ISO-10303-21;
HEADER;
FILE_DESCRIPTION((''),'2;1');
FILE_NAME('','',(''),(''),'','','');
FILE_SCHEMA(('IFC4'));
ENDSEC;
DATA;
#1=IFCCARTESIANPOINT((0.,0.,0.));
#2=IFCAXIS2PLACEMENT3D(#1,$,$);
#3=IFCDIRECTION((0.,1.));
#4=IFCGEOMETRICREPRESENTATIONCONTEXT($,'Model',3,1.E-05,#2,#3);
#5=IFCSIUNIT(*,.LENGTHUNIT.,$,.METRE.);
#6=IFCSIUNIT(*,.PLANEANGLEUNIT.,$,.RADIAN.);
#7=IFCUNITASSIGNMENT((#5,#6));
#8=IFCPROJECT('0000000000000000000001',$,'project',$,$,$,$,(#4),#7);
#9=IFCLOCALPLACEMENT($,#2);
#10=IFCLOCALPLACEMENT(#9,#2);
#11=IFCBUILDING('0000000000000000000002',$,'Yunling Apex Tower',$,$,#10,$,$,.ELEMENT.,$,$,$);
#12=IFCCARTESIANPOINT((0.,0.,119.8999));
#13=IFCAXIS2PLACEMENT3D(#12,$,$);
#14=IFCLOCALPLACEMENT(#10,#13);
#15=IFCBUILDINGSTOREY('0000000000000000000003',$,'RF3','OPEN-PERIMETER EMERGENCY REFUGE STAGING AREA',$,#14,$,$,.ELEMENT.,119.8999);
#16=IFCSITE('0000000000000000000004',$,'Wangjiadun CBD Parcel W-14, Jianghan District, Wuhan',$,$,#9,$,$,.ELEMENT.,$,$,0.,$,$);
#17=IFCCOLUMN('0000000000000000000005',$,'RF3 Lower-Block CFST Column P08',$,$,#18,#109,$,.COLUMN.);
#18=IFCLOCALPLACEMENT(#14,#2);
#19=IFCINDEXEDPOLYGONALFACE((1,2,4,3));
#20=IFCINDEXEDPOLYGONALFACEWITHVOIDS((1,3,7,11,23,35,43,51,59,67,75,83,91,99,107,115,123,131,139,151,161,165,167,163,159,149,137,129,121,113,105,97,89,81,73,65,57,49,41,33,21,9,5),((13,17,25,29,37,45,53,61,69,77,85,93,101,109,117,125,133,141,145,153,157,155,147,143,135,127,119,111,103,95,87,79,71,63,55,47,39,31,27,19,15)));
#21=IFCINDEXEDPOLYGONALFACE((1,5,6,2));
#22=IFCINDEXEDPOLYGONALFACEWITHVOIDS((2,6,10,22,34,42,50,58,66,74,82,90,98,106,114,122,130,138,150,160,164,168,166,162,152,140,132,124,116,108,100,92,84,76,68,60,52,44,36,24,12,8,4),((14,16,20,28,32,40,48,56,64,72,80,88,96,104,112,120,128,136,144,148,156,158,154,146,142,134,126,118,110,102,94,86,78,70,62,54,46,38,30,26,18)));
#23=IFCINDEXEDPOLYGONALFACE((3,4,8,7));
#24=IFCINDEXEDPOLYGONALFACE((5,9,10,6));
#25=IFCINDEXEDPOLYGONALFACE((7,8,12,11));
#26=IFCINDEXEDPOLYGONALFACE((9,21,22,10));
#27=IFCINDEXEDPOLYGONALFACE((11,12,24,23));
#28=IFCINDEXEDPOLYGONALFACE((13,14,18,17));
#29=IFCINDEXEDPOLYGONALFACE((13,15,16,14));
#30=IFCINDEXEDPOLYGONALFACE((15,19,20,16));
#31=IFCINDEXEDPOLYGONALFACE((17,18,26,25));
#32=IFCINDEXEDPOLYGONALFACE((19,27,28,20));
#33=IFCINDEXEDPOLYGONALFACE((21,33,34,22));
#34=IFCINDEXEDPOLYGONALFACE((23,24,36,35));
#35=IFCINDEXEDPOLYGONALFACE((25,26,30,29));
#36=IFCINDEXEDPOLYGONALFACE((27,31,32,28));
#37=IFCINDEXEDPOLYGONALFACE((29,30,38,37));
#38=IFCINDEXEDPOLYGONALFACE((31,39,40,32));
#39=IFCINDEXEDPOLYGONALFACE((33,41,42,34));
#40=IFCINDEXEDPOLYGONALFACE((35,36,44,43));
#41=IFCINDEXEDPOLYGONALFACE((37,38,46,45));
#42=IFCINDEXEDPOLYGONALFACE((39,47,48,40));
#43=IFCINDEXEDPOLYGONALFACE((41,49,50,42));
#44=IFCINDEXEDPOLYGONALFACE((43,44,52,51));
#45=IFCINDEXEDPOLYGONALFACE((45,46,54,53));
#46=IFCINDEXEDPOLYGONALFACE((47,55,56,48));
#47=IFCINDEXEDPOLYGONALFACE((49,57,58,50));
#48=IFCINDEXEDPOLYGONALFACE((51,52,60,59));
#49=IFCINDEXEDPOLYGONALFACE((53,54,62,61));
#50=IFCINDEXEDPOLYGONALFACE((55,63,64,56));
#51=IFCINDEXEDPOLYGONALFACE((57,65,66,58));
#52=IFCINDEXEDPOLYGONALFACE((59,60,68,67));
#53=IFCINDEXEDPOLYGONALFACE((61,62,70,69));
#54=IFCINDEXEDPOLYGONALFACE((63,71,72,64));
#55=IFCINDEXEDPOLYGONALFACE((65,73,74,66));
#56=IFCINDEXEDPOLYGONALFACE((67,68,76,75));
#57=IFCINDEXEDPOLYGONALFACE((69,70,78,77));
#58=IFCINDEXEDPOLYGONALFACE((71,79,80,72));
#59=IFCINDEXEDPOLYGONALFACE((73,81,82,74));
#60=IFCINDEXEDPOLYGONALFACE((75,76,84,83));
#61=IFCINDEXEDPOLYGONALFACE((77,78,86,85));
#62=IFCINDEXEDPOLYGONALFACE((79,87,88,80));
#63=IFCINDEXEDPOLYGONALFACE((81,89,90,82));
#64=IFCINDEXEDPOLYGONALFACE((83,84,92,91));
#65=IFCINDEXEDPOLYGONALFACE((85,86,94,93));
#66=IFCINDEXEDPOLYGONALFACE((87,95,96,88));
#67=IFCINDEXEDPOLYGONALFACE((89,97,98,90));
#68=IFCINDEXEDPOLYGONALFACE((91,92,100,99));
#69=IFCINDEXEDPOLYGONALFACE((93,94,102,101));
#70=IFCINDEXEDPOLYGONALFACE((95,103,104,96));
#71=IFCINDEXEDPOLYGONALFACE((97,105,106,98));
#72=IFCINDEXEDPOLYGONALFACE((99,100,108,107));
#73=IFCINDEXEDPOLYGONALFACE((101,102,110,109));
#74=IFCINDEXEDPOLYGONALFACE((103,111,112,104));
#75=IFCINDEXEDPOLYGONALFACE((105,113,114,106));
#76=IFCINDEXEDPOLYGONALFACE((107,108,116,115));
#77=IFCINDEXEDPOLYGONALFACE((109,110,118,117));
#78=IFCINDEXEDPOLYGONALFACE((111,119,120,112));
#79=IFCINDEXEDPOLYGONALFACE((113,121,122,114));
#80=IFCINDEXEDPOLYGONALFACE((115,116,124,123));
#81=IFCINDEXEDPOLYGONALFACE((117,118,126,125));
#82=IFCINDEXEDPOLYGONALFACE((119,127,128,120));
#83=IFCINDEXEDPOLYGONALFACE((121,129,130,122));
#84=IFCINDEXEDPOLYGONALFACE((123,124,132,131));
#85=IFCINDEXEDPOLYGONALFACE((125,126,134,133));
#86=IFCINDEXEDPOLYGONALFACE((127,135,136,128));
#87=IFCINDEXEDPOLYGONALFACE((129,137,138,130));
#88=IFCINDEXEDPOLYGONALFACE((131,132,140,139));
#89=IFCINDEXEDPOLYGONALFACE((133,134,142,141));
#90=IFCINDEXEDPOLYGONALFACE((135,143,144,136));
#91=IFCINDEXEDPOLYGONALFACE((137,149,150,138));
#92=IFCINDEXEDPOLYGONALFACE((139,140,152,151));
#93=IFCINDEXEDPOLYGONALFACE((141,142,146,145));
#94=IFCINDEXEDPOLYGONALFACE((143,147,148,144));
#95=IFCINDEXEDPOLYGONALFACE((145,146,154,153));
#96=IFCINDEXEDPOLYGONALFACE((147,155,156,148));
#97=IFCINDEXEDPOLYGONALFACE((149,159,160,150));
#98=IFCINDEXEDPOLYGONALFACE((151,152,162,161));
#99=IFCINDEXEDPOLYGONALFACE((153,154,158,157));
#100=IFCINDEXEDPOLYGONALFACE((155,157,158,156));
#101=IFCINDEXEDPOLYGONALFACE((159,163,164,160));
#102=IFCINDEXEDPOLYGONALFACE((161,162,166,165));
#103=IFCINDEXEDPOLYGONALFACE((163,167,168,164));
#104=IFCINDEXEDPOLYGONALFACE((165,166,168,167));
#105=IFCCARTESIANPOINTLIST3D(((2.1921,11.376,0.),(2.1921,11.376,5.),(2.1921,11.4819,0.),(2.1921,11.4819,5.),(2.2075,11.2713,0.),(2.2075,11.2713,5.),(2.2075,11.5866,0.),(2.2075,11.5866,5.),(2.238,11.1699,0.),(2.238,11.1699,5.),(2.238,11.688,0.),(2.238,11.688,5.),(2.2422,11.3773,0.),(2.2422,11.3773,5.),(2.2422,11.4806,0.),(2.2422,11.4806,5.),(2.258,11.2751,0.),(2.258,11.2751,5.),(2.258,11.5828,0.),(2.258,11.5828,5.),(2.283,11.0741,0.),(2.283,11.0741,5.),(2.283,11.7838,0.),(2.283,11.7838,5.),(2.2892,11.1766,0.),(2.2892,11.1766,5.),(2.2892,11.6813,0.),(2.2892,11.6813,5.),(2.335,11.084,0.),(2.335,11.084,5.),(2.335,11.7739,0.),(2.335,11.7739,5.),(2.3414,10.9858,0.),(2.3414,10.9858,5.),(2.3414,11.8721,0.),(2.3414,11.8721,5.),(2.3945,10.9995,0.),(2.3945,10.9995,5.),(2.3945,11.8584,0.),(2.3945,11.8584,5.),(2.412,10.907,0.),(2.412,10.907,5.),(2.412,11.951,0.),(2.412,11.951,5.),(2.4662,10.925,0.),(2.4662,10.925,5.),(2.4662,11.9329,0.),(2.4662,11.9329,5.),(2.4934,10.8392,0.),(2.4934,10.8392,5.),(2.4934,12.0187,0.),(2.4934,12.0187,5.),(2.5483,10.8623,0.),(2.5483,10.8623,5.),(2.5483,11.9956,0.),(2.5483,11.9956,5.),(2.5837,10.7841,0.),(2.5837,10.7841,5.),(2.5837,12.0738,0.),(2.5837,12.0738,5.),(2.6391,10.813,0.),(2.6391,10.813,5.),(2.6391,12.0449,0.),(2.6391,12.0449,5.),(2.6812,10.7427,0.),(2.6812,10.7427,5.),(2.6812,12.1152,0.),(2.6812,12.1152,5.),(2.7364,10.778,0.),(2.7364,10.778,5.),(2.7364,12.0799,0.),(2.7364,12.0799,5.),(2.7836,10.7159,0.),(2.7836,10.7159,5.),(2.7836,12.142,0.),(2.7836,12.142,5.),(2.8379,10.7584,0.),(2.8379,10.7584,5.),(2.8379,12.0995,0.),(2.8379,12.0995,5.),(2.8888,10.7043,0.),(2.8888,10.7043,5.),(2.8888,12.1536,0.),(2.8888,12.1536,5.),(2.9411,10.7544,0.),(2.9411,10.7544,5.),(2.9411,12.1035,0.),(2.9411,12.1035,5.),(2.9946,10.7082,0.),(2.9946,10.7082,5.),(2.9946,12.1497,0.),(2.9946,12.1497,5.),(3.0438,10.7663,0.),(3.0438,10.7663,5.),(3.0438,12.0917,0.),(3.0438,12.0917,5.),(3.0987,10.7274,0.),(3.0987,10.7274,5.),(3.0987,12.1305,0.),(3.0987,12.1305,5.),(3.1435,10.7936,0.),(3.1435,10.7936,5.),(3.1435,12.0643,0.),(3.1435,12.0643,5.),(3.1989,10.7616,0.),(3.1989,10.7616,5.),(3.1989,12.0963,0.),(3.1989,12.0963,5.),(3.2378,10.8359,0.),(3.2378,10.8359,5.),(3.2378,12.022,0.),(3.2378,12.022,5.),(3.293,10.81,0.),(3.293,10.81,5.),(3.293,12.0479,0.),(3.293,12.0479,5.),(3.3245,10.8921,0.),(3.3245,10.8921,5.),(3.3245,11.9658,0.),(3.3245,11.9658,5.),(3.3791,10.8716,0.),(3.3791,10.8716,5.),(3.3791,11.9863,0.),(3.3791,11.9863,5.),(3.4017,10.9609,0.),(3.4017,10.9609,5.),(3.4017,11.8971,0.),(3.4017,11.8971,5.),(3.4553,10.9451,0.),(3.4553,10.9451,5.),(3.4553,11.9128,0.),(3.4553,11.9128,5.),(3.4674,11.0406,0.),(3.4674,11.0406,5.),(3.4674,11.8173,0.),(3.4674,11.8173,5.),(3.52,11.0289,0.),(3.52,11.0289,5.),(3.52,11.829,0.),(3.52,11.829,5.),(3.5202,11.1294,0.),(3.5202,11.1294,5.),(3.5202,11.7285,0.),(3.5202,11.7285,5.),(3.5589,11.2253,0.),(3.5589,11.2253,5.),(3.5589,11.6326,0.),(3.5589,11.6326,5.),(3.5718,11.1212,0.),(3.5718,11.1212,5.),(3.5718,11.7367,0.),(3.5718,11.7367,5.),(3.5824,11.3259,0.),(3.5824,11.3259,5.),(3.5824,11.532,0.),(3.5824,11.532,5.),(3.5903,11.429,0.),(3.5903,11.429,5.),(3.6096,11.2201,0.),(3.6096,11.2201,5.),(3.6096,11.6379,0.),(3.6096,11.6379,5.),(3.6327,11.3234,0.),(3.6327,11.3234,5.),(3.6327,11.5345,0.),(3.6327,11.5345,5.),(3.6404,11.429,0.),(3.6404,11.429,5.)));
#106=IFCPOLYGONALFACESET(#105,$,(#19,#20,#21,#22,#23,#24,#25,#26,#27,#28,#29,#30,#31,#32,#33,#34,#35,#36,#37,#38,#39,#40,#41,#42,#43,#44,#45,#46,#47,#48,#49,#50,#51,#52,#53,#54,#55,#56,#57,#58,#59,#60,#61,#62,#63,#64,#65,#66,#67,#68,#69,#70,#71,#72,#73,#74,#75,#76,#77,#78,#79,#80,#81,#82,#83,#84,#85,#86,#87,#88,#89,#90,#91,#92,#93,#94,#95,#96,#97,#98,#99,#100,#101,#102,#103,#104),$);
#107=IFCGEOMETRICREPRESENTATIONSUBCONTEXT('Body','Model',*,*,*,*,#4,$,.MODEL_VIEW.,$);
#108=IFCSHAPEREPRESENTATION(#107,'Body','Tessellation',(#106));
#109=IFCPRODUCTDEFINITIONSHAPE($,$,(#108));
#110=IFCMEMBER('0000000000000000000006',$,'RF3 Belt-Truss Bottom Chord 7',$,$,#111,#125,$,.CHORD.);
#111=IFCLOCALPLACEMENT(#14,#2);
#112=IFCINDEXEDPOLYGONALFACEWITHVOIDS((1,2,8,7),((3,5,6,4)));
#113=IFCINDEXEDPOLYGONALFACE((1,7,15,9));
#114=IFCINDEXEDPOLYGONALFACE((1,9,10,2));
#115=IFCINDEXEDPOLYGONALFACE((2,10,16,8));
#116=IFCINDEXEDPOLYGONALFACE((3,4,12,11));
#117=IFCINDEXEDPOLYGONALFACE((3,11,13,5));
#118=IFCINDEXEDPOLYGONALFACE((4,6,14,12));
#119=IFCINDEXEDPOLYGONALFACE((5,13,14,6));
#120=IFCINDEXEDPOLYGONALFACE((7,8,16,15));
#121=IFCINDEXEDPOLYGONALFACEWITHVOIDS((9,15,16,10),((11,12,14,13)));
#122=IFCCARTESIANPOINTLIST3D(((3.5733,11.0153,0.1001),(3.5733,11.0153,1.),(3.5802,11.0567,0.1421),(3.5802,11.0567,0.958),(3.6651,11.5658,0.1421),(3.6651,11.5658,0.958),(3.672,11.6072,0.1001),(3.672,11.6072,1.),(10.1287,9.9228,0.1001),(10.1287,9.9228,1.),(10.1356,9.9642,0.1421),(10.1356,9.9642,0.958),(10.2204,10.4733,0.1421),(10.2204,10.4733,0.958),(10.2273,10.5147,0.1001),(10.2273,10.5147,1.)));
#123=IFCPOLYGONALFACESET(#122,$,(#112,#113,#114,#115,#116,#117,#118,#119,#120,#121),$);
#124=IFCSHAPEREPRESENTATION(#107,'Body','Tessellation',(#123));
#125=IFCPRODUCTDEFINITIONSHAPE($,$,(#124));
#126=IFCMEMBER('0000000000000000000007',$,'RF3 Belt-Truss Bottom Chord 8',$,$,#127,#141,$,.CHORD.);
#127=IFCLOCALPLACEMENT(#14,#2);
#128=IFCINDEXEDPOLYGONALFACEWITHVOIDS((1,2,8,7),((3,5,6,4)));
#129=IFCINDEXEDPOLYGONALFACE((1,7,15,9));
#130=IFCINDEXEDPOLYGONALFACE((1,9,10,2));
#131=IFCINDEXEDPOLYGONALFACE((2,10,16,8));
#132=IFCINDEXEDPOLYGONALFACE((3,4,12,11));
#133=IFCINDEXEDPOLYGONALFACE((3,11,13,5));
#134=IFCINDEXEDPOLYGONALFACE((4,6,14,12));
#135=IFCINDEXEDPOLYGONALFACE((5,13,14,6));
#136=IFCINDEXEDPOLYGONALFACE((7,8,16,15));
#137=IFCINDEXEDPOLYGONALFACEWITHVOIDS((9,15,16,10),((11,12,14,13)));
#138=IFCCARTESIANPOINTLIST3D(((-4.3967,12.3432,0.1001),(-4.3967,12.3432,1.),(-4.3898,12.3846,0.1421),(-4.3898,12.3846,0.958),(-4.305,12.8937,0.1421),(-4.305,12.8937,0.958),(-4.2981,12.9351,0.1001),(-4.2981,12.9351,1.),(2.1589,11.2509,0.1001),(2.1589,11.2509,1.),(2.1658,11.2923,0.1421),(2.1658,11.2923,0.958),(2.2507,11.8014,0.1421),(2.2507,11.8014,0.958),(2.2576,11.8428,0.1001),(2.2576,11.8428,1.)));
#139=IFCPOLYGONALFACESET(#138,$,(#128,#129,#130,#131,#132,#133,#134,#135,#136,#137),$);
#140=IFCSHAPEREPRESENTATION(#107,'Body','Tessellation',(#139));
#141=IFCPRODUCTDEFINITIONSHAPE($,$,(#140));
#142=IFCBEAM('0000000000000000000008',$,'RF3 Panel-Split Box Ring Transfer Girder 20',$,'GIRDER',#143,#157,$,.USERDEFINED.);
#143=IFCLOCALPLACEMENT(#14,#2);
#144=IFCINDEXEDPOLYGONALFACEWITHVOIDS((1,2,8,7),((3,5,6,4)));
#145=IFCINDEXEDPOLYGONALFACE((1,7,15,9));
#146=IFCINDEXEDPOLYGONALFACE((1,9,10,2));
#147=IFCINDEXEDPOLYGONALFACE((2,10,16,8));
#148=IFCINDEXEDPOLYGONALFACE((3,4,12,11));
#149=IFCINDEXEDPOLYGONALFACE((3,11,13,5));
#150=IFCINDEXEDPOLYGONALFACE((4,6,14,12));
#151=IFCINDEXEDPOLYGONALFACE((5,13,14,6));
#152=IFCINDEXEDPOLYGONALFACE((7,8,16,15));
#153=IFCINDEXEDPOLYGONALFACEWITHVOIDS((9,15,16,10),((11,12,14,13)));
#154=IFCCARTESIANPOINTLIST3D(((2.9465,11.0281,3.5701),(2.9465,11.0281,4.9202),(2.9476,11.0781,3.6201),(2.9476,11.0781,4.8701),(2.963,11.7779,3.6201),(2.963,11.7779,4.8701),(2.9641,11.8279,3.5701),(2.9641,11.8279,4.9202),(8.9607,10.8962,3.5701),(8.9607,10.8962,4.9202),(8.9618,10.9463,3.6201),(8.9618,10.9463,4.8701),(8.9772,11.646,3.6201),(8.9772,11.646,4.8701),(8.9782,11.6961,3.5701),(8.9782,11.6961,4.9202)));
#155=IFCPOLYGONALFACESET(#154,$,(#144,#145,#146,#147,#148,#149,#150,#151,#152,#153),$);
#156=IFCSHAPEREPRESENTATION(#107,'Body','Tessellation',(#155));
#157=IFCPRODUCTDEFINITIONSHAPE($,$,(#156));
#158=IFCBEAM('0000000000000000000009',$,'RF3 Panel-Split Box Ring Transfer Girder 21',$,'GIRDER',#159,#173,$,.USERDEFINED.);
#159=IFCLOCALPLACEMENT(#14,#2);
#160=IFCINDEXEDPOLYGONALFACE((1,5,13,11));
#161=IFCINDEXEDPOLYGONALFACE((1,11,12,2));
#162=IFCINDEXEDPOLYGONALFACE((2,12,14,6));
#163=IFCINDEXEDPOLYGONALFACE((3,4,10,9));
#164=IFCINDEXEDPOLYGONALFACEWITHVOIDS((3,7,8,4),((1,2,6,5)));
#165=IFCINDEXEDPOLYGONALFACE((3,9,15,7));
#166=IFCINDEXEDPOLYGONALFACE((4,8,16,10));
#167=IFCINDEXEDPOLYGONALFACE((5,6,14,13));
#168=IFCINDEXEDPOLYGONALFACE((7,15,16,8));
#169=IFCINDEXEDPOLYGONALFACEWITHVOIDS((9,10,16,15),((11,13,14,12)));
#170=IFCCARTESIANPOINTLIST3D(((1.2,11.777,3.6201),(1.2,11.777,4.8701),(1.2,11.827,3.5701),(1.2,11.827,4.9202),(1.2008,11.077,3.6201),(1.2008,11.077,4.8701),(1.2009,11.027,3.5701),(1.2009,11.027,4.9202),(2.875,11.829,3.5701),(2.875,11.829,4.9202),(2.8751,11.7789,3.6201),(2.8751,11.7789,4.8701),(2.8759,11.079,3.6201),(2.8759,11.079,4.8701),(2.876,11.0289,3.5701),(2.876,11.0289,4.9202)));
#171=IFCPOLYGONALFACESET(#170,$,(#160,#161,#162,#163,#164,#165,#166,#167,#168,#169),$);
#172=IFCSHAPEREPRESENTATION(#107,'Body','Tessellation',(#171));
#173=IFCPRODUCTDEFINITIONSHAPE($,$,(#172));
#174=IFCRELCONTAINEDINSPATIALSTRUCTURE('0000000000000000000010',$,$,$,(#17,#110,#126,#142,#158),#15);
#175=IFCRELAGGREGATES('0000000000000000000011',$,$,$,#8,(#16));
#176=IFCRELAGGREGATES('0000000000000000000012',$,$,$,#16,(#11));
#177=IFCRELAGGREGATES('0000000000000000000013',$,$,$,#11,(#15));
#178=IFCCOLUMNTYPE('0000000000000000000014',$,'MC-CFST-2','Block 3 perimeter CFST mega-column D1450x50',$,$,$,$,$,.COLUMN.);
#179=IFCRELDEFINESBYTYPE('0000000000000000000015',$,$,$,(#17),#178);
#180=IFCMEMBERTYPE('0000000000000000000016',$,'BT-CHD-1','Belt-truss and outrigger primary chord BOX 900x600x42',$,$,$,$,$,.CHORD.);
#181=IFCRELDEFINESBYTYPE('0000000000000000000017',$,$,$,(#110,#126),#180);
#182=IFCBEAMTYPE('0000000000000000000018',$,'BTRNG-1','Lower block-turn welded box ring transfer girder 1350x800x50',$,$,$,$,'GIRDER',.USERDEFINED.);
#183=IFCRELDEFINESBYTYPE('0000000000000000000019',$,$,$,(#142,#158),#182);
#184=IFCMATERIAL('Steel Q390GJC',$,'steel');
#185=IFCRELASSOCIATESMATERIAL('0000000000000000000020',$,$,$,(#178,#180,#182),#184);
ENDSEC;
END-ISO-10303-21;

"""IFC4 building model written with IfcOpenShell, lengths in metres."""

from ifc_helpers import new_model, si_unit, direction, frame, origin, origin_2d, place, context, subcontext, project, spatial, hollow_rectangle, hollow_circle, extrude, source, transform, mapped, material, material_profile, profile_set, type_object, element, save


model = new_model("IFC4")

# Units and contexts
model_context = context("Model", 3, precision=1e-05, world=origin(), true_north=direction((0.0, 1.0)))
body_context = subcontext(model_context, "Body", "Model", "MODEL_VIEW")
ifc_project = project(units=[si_unit("LENGTHUNIT", "METRE"), si_unit("PLANEANGLEUNIT", "RADIAN")], contexts=[model_context])

# Site, building, storey
site_placement = place(None, origin())
site = spatial("IfcSite", under=ifc_project, at=site_placement, Name="Wangjiadun CBD Parcel W-14, Jianghan District, Wuhan", CompositionType="ELEMENT", RefElevation=0.0)
building_placement = place(site_placement, origin())
building = spatial("IfcBuilding", under=site, at=building_placement, Name="Yunling Apex Tower", CompositionType="ELEMENT")
storey_placement = place(building_placement, frame((0.0, 0.0, 119.8999)))
storey = spatial("IfcBuildingStorey", under=building, at=storey_placement, Name="RF3", Description="OPEN-PERIMETER EMERGENCY REFUGE STAGING AREA", CompositionType="ELEMENT", Elevation=119.8999)

# Column
ifc_material_1 = material(Name="Steel Q390GJC", Category="steel")
ifc_material_profile_1 = material_profile(ifc_material_1, hollow_circle(Radius=0.7251, WallThickness=0.05, at=origin_2d()))
ifc_profile_set_1 = profile_set([ifc_material_profile_1], Name="Steel Q390GJC")
column_type = type_object("IfcColumnType", Name="MC-CFST-2", Description="Block 3 perimeter CFST mega-column D1450x50", PredefinedType="COLUMN", material=ifc_profile_set_1)
shared_shape_1 = source(origin(), body_context, "Body", "SweptSolid", [
    extrude(hollow_circle(Radius=0.7251, WallThickness=0.05, at=origin_2d()), origin(), (0.0, 0.0, 1.0), 5.0),
])
column_placement = place(storey_placement, frame((2.9153, 11.429, 0.0), z_axis=(0.0, 0.0, 1.0), x_axis=(1.0, 0.0, 0.0)))
element("IfcColumn", 1, at=column_placement, inside=storey, type_object=column_type, Name="RF3 Lower-Block CFST Column P08", PredefinedType="COLUMN", context=body_context, shape_type="MappedRepresentation", body=[
    mapped(shared_shape_1, transform((0.0, 0.0, 0.0), scale=1.0)),
])

# Members
ifc_material_profile_2 = material_profile(ifc_material_1, hollow_rectangle(XDim=0.6001, YDim=0.8999, WallThickness=0.042, at=origin_2d()))
ifc_profile_set_2 = profile_set([ifc_material_profile_2], Name="Steel Q390GJC")
member_type_1 = type_object("IfcMemberType", Name="BT-CHD-1", Description="Belt-truss and outrigger primary chord BOX 900x600x42", PredefinedType="CHORD", material=ifc_profile_set_2)
shared_shape_2 = source(origin(), body_context, "Body", "SweptSolid", [
    extrude(hollow_rectangle(XDim=0.6001, YDim=0.8999, WallThickness=0.042, at=origin_2d()), origin(), (0.0, 0.0, 1.0), 6.6458),
])
member_1_placement = place(storey_placement, frame((10.178, 10.2188, 0.55), z_axis=(-0.986395, 0.164393, 0.0), x_axis=(-0.164393, -0.986395, 0.0)))
element("IfcMember", 2, at=member_1_placement, inside=storey, type_object=member_type_1, Name="RF3 Belt-Truss Bottom Chord 7", PredefinedType="CHORD", context=body_context, shape_type="MappedRepresentation", body=[
    mapped(shared_shape_2, transform((0.0, 0.0, 0.0), scale=1.0)),
])
shared_shape_3 = source(origin(), body_context, "Body", "SweptSolid", [
    extrude(hollow_rectangle(XDim=0.6001, YDim=0.8999, WallThickness=0.042, at=origin_2d()), origin(), (0.0, 0.0, 1.0), 6.646),
])
member_2_placement = place(storey_placement, frame((2.2083, 11.5469, 0.55), z_axis=(-0.986402, 0.164351, 0.0), x_axis=(-0.164351, -0.986402, 0.0)))
element("IfcMember", 3, at=member_2_placement, inside=storey, type_object=member_type_1, Name="RF3 Belt-Truss Bottom Chord 8", PredefinedType="CHORD", context=body_context, shape_type="MappedRepresentation", body=[
    mapped(shared_shape_3, transform((0.0, 0.0, 0.0), scale=1.0)),
])

# Beams
ifc_material_profile_3 = material_profile(ifc_material_1, hollow_rectangle(XDim=0.8, YDim=1.3501, WallThickness=0.05, at=origin_2d()))
ifc_profile_set_3 = profile_set([ifc_material_profile_3], Name="Steel Q390GJC")
beam_type = type_object("IfcBeamType", Name="BTRNG-1", Description="Lower block-turn welded box ring transfer girder 1350x800x50", ElementType="GIRDER", PredefinedType="USERDEFINED", material=ifc_profile_set_3)
shared_shape_4 = source(origin(), body_context, "Body", "SweptSolid", [
    extrude(hollow_rectangle(XDim=0.8, YDim=1.3501, WallThickness=0.05, at=origin_2d()), origin(), (0.0, 0.0, 1.0), 6.0156),
])
beam_1_placement = place(storey_placement, frame((8.9695, 11.2961, 4.2451), z_axis=(-0.99976, 0.021916, 0.0), x_axis=(-0.021916, -0.99976, 0.0)))
element("IfcBeam", 4, at=beam_1_placement, inside=storey, type_object=beam_type, Name="RF3 Panel-Split Box Ring Transfer Girder 20", ObjectType="GIRDER", PredefinedType="USERDEFINED", context=body_context, shape_type="MappedRepresentation", body=[
    mapped(shared_shape_4, transform((0.0, 0.0, 0.0), scale=1.0)),
])
shared_shape_5 = source(origin(), body_context, "Body", "SweptSolid", [
    extrude(hollow_rectangle(XDim=0.8, YDim=1.3501, WallThickness=0.05, at=origin_2d()), origin(), (0.0, 0.0, 1.0), 1.675),
])
beam_2_placement = place(storey_placement, frame((2.8755, 11.429, 4.2451), z_axis=(-0.999999, -0.001166, 0.0), x_axis=(0.001166, -0.999999, 0.0)))
element("IfcBeam", 5, at=beam_2_placement, inside=storey, type_object=beam_type, Name="RF3 Panel-Split Box Ring Transfer Girder 21", ObjectType="GIRDER", PredefinedType="USERDEFINED", context=body_context, shape_type="MappedRepresentation", body=[
    mapped(shared_shape_5, transform((0.0, 0.0, 0.0), scale=1.0)),
])

save(model, "model.ifc")
